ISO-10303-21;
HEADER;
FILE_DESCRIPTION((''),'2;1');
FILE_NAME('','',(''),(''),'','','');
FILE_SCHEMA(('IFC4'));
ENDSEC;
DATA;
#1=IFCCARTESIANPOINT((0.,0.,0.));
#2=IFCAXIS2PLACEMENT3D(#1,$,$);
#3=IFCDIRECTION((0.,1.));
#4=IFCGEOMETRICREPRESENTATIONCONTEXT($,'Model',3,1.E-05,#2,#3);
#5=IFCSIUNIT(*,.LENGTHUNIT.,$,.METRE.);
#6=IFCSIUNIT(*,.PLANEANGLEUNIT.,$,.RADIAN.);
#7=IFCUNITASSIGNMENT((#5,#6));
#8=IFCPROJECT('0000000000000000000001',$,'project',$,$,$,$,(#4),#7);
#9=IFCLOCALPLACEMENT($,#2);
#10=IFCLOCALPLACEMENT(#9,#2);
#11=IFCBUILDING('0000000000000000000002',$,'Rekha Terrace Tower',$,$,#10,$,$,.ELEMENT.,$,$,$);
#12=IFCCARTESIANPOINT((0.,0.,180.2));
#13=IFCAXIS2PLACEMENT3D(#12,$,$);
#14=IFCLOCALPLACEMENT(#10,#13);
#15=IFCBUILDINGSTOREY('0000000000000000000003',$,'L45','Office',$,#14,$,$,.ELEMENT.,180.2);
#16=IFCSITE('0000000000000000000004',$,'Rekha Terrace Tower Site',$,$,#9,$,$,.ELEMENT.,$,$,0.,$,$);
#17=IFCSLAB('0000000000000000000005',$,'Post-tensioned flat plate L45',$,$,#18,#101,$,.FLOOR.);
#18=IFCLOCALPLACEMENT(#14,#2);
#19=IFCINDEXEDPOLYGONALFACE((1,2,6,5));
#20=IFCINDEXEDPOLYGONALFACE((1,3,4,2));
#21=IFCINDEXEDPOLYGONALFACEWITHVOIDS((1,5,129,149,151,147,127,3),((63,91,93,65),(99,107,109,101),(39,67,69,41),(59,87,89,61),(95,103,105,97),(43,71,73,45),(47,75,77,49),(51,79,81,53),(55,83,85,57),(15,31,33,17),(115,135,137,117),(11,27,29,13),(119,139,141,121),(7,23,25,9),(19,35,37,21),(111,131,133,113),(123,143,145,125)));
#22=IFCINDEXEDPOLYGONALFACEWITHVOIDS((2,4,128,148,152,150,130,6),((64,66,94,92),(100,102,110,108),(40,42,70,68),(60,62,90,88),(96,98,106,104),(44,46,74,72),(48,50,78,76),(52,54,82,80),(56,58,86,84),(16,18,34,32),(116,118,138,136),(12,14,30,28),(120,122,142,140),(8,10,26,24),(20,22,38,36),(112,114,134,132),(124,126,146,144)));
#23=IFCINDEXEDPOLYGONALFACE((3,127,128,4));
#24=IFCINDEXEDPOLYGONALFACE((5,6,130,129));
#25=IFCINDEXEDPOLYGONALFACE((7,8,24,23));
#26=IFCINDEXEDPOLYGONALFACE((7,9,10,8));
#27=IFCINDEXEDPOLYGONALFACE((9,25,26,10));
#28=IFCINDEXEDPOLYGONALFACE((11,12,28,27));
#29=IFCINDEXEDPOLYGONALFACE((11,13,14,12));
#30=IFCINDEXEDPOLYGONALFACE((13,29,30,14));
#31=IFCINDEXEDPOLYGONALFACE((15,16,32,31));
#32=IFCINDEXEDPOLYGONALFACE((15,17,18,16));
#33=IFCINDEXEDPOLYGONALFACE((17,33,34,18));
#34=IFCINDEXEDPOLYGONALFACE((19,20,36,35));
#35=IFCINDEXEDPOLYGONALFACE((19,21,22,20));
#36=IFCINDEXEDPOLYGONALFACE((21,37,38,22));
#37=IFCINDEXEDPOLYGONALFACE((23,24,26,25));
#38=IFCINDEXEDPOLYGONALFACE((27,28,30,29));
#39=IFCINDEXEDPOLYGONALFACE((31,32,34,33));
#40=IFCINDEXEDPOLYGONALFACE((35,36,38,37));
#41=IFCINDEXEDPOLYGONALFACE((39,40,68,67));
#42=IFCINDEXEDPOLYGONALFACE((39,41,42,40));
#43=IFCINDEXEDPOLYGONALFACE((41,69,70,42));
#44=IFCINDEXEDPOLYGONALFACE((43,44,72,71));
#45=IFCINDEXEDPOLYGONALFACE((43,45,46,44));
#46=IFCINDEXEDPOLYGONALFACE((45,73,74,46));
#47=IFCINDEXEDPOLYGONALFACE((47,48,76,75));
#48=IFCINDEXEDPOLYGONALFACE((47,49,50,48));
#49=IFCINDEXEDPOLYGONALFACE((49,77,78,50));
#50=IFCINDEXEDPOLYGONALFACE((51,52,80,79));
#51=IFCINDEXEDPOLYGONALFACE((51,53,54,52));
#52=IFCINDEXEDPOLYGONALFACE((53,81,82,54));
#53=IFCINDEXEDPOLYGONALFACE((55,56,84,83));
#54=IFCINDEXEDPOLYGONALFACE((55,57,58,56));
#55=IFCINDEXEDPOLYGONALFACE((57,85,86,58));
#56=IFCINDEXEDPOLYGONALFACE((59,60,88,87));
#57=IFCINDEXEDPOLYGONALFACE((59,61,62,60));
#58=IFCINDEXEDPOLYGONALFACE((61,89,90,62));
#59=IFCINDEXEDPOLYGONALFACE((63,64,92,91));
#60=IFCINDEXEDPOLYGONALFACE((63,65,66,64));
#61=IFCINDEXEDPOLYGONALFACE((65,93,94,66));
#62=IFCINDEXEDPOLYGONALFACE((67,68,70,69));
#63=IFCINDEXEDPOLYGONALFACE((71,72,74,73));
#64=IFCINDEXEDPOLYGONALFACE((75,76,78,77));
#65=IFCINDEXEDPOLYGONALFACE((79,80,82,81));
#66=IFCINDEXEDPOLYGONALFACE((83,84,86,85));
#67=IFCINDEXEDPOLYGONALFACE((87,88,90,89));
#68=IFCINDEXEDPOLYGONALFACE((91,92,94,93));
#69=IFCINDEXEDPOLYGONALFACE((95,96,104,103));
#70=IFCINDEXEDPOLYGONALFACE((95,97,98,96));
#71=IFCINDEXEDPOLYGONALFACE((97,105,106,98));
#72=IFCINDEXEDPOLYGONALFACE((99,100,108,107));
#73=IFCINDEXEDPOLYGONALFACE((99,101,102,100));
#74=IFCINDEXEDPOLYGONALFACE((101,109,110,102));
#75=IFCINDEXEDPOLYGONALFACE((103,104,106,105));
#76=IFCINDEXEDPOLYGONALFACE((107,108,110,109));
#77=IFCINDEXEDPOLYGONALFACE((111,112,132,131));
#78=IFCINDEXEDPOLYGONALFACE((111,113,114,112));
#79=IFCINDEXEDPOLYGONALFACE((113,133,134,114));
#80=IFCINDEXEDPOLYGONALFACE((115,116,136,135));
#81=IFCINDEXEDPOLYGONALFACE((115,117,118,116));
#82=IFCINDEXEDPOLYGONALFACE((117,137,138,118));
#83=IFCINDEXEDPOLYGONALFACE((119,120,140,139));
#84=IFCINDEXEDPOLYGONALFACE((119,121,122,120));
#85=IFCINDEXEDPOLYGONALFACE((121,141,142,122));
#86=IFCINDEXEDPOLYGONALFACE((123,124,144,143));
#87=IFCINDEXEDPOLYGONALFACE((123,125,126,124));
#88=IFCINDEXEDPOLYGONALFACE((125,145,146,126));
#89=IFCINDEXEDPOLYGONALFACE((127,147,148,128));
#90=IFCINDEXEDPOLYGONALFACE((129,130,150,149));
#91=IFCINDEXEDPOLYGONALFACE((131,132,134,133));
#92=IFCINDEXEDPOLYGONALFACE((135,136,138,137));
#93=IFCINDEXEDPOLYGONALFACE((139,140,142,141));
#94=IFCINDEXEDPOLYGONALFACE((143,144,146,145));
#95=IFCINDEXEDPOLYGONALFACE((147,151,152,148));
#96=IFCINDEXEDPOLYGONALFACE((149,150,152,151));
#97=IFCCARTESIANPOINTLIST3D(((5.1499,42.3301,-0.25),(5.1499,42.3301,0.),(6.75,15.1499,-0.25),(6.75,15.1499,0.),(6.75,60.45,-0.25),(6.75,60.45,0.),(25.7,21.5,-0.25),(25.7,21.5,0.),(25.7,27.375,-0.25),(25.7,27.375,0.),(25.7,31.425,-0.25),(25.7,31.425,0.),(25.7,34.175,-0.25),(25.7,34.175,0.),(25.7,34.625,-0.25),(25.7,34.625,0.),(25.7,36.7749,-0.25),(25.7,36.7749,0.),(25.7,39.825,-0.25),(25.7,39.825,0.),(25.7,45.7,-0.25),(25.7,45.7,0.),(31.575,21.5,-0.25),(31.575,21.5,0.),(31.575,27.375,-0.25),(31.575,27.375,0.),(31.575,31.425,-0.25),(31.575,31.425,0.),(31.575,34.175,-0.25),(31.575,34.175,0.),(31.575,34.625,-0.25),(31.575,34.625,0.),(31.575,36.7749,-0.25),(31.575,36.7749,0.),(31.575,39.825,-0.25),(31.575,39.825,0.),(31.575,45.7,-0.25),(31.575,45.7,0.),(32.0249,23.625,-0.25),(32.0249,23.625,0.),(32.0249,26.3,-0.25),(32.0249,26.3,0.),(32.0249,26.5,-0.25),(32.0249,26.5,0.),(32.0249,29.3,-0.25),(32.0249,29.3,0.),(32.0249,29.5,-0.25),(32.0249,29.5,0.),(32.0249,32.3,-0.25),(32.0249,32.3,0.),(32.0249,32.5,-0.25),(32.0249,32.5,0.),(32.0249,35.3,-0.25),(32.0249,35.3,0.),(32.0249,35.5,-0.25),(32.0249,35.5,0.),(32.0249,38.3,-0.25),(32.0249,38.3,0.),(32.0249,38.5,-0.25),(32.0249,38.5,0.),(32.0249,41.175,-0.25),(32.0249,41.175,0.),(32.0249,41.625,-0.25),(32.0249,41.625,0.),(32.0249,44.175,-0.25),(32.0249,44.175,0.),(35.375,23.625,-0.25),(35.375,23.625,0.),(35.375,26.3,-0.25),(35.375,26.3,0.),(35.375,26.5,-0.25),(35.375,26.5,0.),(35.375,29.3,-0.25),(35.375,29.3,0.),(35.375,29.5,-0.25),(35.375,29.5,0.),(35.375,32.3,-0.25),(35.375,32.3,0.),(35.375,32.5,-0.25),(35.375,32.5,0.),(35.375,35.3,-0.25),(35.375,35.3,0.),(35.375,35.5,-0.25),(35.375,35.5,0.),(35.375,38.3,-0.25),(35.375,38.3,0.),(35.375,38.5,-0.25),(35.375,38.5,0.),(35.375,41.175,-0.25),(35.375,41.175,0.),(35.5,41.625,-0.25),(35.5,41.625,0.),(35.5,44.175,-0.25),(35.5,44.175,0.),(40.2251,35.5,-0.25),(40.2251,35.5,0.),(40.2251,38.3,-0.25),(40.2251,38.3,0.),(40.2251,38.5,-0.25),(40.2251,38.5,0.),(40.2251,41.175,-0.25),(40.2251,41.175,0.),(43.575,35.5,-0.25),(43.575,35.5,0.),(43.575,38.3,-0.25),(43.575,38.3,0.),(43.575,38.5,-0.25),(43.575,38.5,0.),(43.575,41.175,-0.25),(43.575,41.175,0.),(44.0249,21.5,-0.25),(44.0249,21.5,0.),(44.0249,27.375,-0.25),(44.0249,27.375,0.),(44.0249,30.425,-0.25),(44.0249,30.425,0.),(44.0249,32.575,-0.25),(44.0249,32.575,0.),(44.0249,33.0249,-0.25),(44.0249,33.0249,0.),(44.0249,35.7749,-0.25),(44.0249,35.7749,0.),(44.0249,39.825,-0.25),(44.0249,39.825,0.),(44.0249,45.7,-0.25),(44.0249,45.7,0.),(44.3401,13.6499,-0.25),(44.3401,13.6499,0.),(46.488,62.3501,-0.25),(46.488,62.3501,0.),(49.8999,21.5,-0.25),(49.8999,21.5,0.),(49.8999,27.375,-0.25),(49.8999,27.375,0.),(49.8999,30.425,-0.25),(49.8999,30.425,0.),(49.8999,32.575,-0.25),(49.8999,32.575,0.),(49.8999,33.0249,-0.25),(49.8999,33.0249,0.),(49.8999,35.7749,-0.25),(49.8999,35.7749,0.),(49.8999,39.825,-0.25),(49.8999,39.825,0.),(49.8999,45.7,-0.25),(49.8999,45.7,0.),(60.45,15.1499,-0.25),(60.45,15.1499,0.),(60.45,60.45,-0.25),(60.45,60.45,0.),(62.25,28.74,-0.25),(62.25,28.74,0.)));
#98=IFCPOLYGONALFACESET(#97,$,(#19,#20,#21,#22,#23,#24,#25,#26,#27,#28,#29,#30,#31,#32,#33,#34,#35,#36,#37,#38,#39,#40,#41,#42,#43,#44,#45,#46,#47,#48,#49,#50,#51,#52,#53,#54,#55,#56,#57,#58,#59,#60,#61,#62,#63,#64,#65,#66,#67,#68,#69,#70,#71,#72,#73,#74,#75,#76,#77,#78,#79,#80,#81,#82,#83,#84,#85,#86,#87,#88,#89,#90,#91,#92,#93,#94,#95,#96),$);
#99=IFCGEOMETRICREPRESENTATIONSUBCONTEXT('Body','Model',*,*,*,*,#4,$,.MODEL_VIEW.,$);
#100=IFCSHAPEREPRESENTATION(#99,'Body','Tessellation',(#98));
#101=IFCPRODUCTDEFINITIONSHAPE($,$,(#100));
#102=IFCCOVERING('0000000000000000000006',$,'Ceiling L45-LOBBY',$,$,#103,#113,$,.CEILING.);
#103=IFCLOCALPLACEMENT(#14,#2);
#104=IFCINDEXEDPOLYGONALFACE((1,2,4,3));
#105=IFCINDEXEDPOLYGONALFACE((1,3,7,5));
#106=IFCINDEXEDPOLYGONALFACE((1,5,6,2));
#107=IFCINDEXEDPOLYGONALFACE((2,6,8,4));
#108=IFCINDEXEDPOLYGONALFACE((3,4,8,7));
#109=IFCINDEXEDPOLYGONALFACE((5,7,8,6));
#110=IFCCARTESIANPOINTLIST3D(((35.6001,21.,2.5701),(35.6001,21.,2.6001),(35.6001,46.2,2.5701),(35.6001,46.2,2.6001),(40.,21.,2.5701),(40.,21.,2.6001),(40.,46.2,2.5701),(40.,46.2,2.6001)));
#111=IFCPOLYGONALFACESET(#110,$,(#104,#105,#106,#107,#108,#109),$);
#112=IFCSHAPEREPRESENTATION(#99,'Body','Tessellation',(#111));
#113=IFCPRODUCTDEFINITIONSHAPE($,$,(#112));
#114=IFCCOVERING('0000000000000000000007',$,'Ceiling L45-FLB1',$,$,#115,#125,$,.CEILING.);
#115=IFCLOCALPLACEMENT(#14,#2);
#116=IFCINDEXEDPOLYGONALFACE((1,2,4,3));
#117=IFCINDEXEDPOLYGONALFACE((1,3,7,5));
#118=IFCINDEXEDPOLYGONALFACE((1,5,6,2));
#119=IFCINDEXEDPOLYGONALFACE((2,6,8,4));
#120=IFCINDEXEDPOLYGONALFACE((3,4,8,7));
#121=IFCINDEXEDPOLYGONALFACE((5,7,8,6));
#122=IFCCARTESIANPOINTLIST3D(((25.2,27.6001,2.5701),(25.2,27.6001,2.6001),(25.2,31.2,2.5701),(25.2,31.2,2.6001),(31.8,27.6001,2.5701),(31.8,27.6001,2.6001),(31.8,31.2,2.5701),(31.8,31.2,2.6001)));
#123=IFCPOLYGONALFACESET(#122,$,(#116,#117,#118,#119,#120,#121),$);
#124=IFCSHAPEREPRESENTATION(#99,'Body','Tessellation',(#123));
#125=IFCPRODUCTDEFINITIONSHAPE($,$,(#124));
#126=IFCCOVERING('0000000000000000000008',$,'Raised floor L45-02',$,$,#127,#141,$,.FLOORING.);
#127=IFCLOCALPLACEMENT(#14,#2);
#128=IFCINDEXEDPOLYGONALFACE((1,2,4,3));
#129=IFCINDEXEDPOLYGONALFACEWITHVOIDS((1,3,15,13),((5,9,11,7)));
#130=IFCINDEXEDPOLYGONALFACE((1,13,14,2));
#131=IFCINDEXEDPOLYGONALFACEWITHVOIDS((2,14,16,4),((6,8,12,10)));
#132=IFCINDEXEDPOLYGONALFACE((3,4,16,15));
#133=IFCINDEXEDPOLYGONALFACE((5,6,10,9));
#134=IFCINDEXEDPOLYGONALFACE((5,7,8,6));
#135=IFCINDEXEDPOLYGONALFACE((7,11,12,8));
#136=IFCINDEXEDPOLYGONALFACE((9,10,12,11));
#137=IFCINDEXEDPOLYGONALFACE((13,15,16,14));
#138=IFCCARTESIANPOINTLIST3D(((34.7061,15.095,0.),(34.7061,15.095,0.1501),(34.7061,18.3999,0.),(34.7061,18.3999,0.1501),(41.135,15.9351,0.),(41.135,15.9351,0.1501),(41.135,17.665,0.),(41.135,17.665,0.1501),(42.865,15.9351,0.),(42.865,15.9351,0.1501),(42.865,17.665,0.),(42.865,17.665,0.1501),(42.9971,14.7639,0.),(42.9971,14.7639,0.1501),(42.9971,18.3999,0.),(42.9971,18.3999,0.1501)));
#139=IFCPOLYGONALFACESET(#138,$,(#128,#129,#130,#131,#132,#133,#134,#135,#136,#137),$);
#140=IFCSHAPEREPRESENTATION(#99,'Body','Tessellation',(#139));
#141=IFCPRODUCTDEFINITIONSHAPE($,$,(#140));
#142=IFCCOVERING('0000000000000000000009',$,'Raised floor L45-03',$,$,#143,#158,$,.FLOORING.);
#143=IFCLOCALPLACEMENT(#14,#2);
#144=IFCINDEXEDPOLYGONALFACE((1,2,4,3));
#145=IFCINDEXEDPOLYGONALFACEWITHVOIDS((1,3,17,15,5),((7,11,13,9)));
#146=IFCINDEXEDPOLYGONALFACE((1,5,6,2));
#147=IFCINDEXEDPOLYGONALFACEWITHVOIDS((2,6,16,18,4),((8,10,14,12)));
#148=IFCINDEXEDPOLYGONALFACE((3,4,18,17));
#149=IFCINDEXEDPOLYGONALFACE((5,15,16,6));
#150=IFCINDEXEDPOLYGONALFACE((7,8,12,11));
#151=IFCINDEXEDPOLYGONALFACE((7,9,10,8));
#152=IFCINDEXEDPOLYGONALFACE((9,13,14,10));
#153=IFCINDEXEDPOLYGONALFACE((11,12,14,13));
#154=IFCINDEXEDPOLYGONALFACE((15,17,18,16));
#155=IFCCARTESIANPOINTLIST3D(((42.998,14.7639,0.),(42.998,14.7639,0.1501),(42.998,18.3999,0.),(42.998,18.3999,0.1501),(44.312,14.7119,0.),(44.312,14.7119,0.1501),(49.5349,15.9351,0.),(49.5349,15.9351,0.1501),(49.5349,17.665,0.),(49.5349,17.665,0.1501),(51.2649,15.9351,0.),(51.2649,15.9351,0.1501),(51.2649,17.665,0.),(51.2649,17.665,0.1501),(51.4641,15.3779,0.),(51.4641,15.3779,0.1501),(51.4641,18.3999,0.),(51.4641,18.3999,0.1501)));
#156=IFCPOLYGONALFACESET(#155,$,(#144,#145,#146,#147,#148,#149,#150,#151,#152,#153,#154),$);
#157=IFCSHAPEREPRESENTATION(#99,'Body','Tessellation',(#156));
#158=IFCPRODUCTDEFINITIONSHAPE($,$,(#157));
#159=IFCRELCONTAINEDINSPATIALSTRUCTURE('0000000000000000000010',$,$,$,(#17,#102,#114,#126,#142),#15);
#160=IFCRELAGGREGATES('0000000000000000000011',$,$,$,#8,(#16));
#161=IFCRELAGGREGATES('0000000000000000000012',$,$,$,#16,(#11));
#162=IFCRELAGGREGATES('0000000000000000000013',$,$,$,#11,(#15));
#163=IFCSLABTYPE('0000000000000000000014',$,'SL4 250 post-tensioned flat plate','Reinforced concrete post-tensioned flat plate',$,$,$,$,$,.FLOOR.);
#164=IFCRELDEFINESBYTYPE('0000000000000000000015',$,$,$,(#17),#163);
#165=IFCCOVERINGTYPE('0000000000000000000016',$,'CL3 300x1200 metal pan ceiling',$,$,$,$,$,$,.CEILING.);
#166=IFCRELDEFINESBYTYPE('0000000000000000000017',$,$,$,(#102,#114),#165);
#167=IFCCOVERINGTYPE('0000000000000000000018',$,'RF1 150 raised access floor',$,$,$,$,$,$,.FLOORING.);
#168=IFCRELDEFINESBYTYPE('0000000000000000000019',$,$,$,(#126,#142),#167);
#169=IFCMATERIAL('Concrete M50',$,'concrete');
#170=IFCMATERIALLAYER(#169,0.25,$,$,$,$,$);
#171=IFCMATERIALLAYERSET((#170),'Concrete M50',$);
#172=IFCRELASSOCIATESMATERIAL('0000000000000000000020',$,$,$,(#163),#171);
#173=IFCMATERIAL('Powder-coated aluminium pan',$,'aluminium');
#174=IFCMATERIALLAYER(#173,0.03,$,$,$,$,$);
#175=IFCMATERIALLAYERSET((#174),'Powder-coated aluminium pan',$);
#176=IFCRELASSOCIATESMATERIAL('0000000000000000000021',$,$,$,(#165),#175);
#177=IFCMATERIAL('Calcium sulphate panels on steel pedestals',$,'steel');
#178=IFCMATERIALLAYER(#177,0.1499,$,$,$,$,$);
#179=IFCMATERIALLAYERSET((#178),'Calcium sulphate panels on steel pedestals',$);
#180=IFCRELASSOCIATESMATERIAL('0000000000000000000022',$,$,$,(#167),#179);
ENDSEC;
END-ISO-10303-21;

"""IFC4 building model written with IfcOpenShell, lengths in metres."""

from ifc_helpers import new_model, si_unit, direction, frame, origin, place, context, subcontext, project, spatial, polyline, outline, extrude, material, layer, layer_set, type_object, element, save


model = new_model("IFC4")

# Units and contexts
model_context = context("Model", 3, precision=1e-05, world=origin(), true_north=direction((0.0, 1.0)))
body_context = subcontext(model_context, "Body", "Model", "MODEL_VIEW")
ifc_project = project(units=[si_unit("LENGTHUNIT", "METRE"), si_unit("PLANEANGLEUNIT", "RADIAN")], contexts=[model_context])

# Site, building, storey
site_placement = place(None, origin())
site = spatial("IfcSite", under=ifc_project, at=site_placement, Name="Rekha Terrace Tower Site", CompositionType="ELEMENT", RefElevation=0.0)
building_placement = place(site_placement, origin())
building = spatial("IfcBuilding", under=site, at=building_placement, Name="Rekha Terrace Tower", CompositionType="ELEMENT")
storey_placement = place(building_placement, frame((0.0, 0.0, 180.2)))
storey = spatial("IfcBuildingStorey", under=building, at=storey_placement, Name="L45", Description="Office", CompositionType="ELEMENT", Elevation=180.2)

# Slab
ifc_material_1 = material(Name="Concrete M50", Category="concrete")
ifc_layer_1 = layer(ifc_material_1, 0.25)
ifc_layer_set_1 = layer_set([ifc_layer_1], Name="Concrete M50")
slab_type_1 = type_object("IfcSlabType", Name="SL4 250 post-tensioned flat plate", Description="Reinforced concrete post-tensioned flat plate", PredefinedType="FLOOR", material=ifc_layer_set_1)
slab_1_placement = place(storey_placement, frame((0.0, 0.0, -0.25)))
element("IfcSlab", 1, at=slab_1_placement, inside=storey, type_object=slab_type_1, Name="Post-tensioned flat plate L45", PredefinedType="FLOOR", context=body_context, shape_type="SweptSolid", body=[
    extrude(outline(polyline([(5.1499, 42.3301), (6.75, 15.1499), (44.3401, 13.6499), (60.45, 15.1499), (62.25, 28.74), (60.45, 60.45), (46.488, 62.3501), (6.75, 60.45), (5.1499, 42.3301)]), holes=[polyline([(31.575, 27.375), (31.575, 21.5), (25.7, 21.5), (25.7, 27.375), (31.575, 27.375)]), polyline([(35.375, 26.3), (35.375, 23.625), (32.0249, 23.625), (32.0249, 26.3), (35.375, 26.3)]), polyline([(35.375, 29.3), (35.375, 26.5), (32.0249, 26.5), (32.0249, 29.3), (35.375, 29.3)]), polyline([(35.375, 32.3), (35.375, 29.5), (32.0249, 29.5), (32.0249, 32.3), (35.375, 32.3)]), polyline([(31.575, 34.175), (31.575, 31.425), (25.7, 31.425), (25.7, 34.175), (31.575, 34.175)]), polyline([(35.375, 35.3), (35.375, 32.5), (32.0249, 32.5), (32.0249, 35.3), (35.375, 35.3)]), polyline([(31.575, 36.7749), (31.575, 34.625), (25.7, 34.625), (25.7, 36.7749), (31.575, 36.7749)]), polyline([(35.375, 38.3), (35.375, 35.5), (32.0249, 35.5), (32.0249, 38.3), (35.375, 38.3)]), polyline([(31.575, 45.7), (31.575, 39.825), (25.7, 39.825), (25.7, 45.7), (31.575, 45.7)]), polyline([(49.8999, 27.375), (49.8999, 21.5), (44.0249, 21.5), (44.0249, 27.375), (49.8999, 27.375)]), polyline([(49.8999, 32.575), (49.8999, 30.425), (44.0249, 30.425), (44.0249, 32.575), (49.8999, 32.575)]), polyline([(49.8999, 35.7749), (49.8999, 33.0249), (44.0249, 33.0249), (44.0249, 35.7749), (49.8999, 35.7749)]), polyline([(43.575, 38.3), (43.575, 35.5), (40.2251, 35.5), (40.2251, 38.3), (43.575, 38.3)]), polyline([(35.375, 41.175), (35.375, 38.5), (32.0249, 38.5), (32.0249, 41.175), (35.375, 41.175)]), polyline([(43.575, 41.175), (43.575, 38.5), (40.2251, 38.5), (40.2251, 41.175), (43.575, 41.175)]), polyline([(49.8999, 39.825), (44.0249, 39.825), (44.0249, 45.7), (49.8999, 45.7), (49.8999, 39.825)]), polyline([(35.5, 41.625), (32.0249, 41.625), (32.0249, 44.175), (35.5, 44.175), (35.5, 41.625)])]), origin(), (0.0, 0.0, 1.0), 0.25),
])

# Coverings
ifc_material_2 = material(Name="Powder-coated aluminium pan", Category="aluminium")
ifc_layer_2 = layer(ifc_material_2, 0.03)
ifc_layer_set_2 = layer_set([ifc_layer_2], Name="Powder-coated aluminium pan")
covering_type_1 = type_object("IfcCoveringType", Name="CL3 300x1200 metal pan ceiling", PredefinedType="CEILING", material=ifc_layer_set_2)
covering_1_placement = place(storey_placement, frame((0.0, 0.0, 2.5701)))
element("IfcCovering", 2, at=covering_1_placement, inside=storey, type_object=covering_type_1, Name="Ceiling L45-LOBBY", PredefinedType="CEILING", context=body_context, shape_type="SweptSolid", body=[
    extrude(outline(polyline([(40.0, 46.2), (35.6001, 46.2), (35.6001, 21.0), (40.0, 21.0), (40.0, 46.2)])), origin(), (0.0, 0.0, 1.0), 0.03),
])
covering_2_placement = place(storey_placement, frame((0.0, 0.0, 2.5701)))
element("IfcCovering", 3, at=covering_2_placement, inside=storey, type_object=covering_type_1, Name="Ceiling L45-FLB1", PredefinedType="CEILING", context=body_context, shape_type="SweptSolid", body=[
    extrude(outline(polyline([(31.8, 31.2), (25.2, 31.2), (25.2, 27.6001), (31.8, 27.6001), (31.8, 31.2)])), origin(), (0.0, 0.0, 1.0), 0.03),
])
ifc_material_3 = material(Name="Calcium sulphate panels on steel pedestals", Category="steel")
ifc_layer_3 = layer(ifc_material_3, 0.1499)
ifc_layer_set_3 = layer_set([ifc_layer_3], Name="Calcium sulphate panels on steel pedestals")
covering_type_2 = type_object("IfcCoveringType", Name="RF1 150 raised access floor", PredefinedType="FLOORING", material=ifc_layer_set_3)
covering_3_placement = place(storey_placement, origin())
element("IfcCovering", 4, at=covering_3_placement, inside=storey, type_object=covering_type_2, Name="Raised floor L45-02", PredefinedType="FLOORING", context=body_context, shape_type="SweptSolid", body=[
    extrude(outline(polyline([(42.9971, 14.7639), (42.9971, 18.3999), (34.7061, 18.3999), (34.7061, 15.095), (42.9971, 14.7639)]), holes=[polyline([(42.865, 17.665), (42.865, 15.9351), (41.135, 15.9351), (41.135, 17.665), (42.865, 17.665)])]), origin(), (0.0, 0.0, 1.0), 0.1501),
])
covering_4_placement = place(storey_placement, origin())
element("IfcCovering", 5, at=covering_4_placement, inside=storey, type_object=covering_type_2, Name="Raised floor L45-03", PredefinedType="FLOORING", context=body_context, shape_type="SweptSolid", body=[
    extrude(outline(polyline([(51.4641, 18.3999), (42.998, 18.3999), (42.998, 14.7639), (44.312, 14.7119), (51.4641, 15.3779), (51.4641, 18.3999)]), holes=[polyline([(51.2649, 15.9351), (49.5349, 15.9351), (49.5349, 17.665), (51.2649, 17.665), (51.2649, 15.9351)])]), origin(), (0.0, 0.0, 1.0), 0.1501),
])

save(model, "model.ifc")
